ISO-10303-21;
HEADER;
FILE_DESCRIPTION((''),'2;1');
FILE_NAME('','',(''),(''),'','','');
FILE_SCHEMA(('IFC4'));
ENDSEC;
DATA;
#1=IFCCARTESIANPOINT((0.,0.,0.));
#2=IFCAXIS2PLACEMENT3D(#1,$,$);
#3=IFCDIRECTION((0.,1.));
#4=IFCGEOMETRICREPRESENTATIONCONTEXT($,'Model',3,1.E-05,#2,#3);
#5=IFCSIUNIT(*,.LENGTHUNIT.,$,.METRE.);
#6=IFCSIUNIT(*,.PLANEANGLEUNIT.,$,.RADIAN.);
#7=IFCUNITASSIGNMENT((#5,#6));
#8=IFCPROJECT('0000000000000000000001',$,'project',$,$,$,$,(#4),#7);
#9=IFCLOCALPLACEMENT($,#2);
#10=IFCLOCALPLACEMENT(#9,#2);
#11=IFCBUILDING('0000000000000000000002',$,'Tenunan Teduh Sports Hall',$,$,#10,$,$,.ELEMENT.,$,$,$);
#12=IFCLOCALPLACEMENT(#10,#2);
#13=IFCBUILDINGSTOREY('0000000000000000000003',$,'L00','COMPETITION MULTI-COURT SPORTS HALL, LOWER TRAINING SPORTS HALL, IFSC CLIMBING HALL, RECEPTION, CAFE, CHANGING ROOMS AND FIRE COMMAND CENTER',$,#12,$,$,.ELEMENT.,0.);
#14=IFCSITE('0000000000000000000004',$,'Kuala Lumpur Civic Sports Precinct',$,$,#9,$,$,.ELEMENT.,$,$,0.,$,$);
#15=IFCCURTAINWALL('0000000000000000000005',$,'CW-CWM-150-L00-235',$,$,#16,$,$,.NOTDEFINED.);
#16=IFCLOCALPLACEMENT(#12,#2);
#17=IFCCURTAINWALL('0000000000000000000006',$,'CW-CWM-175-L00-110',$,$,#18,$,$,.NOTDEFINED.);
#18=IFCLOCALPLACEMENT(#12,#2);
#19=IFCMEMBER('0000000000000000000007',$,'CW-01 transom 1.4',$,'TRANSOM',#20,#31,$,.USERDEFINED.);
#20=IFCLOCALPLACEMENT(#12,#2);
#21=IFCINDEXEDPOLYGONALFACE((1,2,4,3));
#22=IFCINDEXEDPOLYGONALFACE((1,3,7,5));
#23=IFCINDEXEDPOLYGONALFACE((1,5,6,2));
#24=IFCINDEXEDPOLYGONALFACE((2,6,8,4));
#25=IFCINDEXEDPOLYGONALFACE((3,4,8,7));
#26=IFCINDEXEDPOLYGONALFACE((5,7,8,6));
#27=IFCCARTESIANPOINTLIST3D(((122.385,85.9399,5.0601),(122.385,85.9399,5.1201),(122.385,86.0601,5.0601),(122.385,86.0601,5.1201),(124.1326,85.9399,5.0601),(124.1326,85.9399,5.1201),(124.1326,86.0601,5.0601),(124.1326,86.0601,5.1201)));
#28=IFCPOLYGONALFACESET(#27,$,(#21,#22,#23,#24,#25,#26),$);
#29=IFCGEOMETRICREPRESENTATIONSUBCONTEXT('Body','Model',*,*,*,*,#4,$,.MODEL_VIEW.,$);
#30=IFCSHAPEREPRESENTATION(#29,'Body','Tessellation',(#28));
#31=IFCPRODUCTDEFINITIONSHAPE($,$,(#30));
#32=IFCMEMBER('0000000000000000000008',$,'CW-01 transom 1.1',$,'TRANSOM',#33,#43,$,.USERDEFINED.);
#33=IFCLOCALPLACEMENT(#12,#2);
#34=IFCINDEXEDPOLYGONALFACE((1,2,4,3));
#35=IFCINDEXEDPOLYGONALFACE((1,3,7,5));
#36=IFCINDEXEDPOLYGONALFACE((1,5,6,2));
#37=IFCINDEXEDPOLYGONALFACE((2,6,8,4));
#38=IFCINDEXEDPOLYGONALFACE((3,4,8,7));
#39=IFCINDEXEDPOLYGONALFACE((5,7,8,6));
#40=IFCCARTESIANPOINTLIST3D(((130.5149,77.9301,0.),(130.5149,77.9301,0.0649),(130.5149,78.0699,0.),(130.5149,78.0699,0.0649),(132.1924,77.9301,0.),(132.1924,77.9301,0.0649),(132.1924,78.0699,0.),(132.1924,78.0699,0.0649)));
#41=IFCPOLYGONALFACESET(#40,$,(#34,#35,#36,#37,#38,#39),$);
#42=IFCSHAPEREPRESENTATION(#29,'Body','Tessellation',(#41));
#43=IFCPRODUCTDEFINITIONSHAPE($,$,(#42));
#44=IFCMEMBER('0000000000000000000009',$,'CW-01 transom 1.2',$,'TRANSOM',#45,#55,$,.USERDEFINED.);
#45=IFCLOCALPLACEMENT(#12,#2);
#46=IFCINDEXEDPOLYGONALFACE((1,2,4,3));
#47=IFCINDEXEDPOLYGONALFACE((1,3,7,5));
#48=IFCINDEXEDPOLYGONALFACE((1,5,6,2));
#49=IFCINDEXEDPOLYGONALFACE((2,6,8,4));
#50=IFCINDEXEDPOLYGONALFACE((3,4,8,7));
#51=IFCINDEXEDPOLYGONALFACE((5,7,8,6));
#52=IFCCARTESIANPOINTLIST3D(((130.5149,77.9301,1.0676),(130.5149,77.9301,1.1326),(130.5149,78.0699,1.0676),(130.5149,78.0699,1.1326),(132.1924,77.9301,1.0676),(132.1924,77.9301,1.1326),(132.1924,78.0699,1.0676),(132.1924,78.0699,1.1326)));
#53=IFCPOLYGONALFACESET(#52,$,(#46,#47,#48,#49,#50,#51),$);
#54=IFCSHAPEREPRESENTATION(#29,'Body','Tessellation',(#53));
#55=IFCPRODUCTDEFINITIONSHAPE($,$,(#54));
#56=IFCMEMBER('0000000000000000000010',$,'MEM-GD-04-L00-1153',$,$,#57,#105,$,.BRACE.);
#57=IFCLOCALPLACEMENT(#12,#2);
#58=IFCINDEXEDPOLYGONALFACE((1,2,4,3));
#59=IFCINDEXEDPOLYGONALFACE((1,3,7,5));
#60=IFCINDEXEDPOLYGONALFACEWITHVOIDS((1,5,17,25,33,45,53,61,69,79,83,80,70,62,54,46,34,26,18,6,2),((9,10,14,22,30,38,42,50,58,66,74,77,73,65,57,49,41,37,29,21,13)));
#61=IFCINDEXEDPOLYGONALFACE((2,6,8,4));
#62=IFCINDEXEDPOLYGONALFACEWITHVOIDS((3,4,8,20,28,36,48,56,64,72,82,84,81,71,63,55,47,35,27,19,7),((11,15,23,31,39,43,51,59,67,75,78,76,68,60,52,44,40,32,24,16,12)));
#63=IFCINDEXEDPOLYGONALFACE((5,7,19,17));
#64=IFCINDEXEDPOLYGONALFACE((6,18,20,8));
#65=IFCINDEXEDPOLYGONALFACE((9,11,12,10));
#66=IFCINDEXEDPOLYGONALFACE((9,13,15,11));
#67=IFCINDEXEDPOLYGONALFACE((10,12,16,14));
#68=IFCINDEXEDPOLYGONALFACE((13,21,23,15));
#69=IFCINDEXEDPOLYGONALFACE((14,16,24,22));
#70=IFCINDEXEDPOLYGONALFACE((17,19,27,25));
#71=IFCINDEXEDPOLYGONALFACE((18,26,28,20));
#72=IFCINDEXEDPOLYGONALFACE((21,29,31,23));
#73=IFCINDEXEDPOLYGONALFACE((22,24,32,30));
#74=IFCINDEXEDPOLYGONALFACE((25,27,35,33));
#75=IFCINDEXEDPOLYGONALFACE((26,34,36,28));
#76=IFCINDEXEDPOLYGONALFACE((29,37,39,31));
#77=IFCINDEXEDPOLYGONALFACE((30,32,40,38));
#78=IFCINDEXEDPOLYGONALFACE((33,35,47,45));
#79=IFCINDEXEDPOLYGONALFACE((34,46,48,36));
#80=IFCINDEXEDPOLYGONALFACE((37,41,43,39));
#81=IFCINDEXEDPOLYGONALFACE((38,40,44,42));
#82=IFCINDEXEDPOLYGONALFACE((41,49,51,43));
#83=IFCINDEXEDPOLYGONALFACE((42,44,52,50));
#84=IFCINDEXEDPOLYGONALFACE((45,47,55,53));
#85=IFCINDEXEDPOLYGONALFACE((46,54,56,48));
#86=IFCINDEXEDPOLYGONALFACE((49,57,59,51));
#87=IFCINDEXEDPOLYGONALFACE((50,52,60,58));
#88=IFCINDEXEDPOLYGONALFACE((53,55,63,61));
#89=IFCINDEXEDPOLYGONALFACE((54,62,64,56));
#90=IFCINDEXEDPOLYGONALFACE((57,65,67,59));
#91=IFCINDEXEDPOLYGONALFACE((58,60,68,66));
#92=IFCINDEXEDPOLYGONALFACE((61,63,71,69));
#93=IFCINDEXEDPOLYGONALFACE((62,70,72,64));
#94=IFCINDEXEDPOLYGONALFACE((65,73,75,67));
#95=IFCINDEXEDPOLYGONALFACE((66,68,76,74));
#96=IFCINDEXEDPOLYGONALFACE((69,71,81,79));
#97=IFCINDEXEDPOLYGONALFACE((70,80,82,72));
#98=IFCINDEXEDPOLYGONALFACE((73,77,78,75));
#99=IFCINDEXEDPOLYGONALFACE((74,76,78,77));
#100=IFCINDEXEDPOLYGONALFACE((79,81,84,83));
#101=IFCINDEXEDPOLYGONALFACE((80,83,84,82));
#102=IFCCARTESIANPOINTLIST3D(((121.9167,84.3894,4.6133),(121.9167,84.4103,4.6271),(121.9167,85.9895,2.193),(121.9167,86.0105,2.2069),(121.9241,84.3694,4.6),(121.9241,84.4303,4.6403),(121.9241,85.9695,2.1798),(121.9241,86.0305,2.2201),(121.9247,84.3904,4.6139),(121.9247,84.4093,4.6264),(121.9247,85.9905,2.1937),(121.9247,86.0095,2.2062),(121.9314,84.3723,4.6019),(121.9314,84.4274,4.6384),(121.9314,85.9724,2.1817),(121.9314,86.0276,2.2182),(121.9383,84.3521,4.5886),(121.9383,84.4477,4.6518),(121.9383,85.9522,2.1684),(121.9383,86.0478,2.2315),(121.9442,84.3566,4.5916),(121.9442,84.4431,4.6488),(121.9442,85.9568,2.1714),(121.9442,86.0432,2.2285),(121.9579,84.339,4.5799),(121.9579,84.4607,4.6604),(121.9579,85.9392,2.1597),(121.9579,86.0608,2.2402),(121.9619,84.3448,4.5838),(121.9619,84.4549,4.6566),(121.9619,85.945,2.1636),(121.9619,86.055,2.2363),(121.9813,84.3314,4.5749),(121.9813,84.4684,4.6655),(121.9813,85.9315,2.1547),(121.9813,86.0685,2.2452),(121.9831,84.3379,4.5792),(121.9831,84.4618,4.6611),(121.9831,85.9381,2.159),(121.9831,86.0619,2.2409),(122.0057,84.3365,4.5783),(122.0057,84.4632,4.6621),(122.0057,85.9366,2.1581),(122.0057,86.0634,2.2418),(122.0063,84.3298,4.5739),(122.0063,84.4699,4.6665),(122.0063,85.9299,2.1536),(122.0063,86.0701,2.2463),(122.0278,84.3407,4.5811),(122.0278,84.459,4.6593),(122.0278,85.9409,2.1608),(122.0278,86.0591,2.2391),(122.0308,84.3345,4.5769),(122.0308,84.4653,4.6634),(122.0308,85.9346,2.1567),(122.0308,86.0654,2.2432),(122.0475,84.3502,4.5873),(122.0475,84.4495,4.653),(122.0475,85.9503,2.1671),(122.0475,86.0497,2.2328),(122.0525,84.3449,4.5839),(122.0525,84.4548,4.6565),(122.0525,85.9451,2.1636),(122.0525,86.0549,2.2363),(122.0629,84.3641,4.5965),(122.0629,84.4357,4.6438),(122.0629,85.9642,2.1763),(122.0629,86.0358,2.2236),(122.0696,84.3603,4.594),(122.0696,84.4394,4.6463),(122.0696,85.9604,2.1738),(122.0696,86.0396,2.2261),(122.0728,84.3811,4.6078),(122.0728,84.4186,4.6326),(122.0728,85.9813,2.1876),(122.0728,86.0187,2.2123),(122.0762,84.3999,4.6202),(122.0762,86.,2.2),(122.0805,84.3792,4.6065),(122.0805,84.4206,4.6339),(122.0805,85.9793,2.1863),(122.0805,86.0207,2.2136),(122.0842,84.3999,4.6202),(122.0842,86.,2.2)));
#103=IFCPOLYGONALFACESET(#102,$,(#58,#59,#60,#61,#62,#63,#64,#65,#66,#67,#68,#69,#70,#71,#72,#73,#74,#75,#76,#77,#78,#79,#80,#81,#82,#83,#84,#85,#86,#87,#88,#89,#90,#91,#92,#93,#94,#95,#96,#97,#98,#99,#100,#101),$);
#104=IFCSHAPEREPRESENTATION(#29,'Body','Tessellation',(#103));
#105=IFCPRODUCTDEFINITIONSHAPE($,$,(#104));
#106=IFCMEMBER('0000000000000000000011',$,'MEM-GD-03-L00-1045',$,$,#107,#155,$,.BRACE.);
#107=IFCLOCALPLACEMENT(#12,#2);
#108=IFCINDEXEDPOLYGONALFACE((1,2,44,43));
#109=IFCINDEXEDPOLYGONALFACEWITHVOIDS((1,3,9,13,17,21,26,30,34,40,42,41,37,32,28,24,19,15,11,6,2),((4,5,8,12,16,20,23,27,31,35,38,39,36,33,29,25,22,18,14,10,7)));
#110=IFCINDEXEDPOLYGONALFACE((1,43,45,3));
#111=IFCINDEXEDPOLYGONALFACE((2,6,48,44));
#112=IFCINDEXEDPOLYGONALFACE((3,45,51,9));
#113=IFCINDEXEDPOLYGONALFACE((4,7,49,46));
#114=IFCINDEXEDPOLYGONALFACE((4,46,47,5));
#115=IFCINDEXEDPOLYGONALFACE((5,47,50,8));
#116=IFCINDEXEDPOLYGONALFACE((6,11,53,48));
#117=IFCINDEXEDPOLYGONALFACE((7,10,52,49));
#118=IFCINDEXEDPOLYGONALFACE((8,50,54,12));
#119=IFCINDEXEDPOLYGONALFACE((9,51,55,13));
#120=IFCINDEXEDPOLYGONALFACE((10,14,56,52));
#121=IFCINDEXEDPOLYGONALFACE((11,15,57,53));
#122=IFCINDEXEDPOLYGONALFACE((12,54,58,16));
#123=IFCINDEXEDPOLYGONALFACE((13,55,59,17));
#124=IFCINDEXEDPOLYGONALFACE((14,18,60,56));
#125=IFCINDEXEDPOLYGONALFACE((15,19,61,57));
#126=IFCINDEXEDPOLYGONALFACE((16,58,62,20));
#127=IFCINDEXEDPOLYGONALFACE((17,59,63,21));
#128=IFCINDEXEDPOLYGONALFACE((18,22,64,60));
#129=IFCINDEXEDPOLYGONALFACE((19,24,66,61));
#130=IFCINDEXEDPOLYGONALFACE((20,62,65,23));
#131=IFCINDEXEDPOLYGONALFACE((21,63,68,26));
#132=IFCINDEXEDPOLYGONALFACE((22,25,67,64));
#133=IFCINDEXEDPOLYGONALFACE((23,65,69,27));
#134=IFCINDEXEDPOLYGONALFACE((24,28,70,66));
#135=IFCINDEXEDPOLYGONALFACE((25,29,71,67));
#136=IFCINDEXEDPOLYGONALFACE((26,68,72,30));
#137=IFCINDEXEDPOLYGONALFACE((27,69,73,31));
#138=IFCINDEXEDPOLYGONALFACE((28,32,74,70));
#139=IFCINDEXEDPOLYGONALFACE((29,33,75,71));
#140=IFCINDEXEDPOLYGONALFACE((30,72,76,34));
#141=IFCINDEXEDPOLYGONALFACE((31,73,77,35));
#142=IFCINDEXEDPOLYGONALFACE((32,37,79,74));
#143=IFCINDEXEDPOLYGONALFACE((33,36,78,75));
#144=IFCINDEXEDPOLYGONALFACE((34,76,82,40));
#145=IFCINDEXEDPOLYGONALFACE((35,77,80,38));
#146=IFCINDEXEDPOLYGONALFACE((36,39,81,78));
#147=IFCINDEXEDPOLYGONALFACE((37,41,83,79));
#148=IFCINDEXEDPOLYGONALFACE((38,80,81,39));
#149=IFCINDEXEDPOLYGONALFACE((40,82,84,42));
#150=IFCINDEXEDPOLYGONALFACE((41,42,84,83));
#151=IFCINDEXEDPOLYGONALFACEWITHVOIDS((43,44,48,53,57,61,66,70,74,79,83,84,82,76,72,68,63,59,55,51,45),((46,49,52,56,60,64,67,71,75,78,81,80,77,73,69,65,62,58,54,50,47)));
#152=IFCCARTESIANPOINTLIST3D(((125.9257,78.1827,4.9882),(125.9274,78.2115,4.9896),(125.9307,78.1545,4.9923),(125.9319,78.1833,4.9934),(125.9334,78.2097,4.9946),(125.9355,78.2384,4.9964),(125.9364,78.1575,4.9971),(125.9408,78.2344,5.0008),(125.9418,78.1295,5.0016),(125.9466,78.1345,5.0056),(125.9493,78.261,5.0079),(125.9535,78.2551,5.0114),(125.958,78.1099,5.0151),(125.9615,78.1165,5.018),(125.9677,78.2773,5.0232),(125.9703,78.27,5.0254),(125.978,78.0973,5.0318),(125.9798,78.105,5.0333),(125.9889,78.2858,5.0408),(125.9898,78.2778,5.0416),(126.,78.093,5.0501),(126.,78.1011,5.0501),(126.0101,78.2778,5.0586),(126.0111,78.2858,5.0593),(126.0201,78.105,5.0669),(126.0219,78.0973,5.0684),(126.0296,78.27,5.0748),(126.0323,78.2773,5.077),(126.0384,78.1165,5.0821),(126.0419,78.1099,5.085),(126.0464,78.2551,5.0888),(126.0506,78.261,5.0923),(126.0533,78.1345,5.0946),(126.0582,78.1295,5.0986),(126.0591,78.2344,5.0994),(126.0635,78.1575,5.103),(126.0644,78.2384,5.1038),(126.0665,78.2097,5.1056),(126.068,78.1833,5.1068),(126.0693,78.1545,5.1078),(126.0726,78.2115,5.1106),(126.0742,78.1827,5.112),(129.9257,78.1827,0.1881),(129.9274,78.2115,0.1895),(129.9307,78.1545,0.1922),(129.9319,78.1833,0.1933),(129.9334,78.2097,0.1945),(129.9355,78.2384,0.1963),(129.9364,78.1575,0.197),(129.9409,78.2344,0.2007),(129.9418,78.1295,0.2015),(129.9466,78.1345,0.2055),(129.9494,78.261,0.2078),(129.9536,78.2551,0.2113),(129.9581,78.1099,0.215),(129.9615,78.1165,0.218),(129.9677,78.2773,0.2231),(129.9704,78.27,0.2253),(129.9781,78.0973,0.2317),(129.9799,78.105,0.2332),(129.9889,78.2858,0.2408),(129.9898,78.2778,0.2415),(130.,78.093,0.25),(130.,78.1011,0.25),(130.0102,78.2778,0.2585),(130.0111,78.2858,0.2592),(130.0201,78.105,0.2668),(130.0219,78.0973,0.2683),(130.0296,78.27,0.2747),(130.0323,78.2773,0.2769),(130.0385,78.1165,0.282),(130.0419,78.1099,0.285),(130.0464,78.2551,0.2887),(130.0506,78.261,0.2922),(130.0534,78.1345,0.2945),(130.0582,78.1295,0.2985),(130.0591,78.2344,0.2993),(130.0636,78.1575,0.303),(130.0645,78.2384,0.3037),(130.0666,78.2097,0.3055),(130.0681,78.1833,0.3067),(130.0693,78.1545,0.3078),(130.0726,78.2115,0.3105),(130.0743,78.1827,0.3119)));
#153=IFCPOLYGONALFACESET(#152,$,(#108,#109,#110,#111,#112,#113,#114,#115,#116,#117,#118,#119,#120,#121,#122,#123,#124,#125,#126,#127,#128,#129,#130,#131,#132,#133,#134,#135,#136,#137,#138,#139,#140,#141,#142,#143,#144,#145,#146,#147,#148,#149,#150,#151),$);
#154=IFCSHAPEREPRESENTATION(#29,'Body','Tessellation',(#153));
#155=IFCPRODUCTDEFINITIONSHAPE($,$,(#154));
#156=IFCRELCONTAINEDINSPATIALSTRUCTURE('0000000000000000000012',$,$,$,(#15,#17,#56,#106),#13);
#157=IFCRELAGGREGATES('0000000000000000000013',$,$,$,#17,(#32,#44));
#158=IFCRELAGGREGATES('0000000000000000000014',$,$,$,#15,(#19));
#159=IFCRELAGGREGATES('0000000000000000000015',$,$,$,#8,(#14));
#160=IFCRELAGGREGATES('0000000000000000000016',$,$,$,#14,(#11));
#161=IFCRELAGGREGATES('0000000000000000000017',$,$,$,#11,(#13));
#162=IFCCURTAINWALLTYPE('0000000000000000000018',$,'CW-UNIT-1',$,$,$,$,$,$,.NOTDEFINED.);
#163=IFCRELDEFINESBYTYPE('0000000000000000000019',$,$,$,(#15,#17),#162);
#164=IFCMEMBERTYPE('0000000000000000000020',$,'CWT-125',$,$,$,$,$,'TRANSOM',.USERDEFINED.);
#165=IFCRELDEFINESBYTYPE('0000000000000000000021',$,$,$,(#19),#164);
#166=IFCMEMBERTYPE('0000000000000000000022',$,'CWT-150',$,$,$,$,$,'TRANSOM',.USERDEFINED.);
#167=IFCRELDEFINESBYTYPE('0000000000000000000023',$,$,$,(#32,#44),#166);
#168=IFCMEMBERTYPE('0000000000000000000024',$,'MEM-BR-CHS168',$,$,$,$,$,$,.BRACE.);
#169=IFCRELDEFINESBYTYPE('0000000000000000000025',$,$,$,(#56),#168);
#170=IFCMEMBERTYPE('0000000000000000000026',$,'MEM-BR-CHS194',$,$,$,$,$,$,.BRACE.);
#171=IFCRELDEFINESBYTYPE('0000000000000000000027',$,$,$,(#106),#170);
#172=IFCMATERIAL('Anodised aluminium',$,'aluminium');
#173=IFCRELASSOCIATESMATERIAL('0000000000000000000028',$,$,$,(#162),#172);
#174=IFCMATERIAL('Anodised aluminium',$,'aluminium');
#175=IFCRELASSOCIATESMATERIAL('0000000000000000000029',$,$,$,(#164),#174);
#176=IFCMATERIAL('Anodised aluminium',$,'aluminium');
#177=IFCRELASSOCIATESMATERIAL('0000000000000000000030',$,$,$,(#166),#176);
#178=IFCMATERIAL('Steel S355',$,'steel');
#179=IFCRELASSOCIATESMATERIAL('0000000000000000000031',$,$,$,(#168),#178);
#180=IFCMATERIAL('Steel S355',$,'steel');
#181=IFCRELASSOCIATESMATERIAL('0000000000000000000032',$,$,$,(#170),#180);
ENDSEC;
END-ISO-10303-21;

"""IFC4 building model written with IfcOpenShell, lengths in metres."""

from ifc_helpers import new_model, si_unit, direction, frame, origin, origin_2d, place, context, subcontext, project, spatial, rectangle, hollow_circle, extrude, material, material_profile, profile_set, type_object, element, aggregate, save


model = new_model("IFC4")

# Units and contexts
model_context = context("Model", 3, precision=1e-05, world=origin(), true_north=direction((0.0, 1.0)))
body_context = subcontext(model_context, "Body", "Model", "MODEL_VIEW")
ifc_project = project(units=[si_unit("LENGTHUNIT", "METRE"), si_unit("PLANEANGLEUNIT", "RADIAN")], contexts=[model_context])

# Site, building, storey
site_placement = place(None, origin())
site = spatial("IfcSite", under=ifc_project, at=site_placement, Name="Kuala Lumpur Civic Sports Precinct", CompositionType="ELEMENT", RefElevation=0.0)
building_placement = place(site_placement, origin())
building = spatial("IfcBuilding", under=site, at=building_placement, Name="Tenunan Teduh Sports Hall", CompositionType="ELEMENT")
storey_placement = place(building_placement, origin())
storey = spatial("IfcBuildingStorey", under=building, at=storey_placement, Name="L00", Description="COMPETITION MULTI-COURT SPORTS HALL, LOWER TRAINING SPORTS HALL, IFSC CLIMBING HALL, RECEPTION, CAFE, CHANGING ROOMS AND FIRE COMMAND CENTER", CompositionType="ELEMENT", Elevation=0.0)

# Curtain walls
ifc_material_1 = material(Name="Anodised aluminium", Category="aluminium")
curtain_wall_type = type_object("IfcCurtainWallType", Name="CW-UNIT-1", PredefinedType="NOTDEFINED", material=ifc_material_1)
curtain_wall_1_placement = place(storey_placement, origin())
curtain_wall_1 = element("IfcCurtainWall", 1, at=curtain_wall_1_placement, inside=storey, type_object=curtain_wall_type, Name="CW-CWM-150-L00-235", PredefinedType="NOTDEFINED")
curtain_wall_2_placement = place(storey_placement, origin())
curtain_wall_2 = element("IfcCurtainWall", 2, at=curtain_wall_2_placement, inside=storey, type_object=curtain_wall_type, Name="CW-CWM-175-L00-110", PredefinedType="NOTDEFINED")

# Members
ifc_material_2 = material(Name="Anodised aluminium", Category="aluminium")
ifc_material_profile_1 = material_profile(ifc_material_2, rectangle(XDim=0.0601, YDim=0.1201, at=origin_2d()), Name="CWT 60x120")
ifc_profile_set_1 = profile_set([ifc_material_profile_1], Name="Anodised aluminium")
member_type_1 = type_object("IfcMemberType", Name="CWT-125", ElementType="TRANSOM", PredefinedType="USERDEFINED", material=ifc_profile_set_1)
member_1_placement = place(storey_placement, frame((122.385, 86.0, 5.0901), z_axis=(1.0, 0.0, 0.0), x_axis=(0.0, 0.0, 1.0)))
member_1 = element("IfcMember", 3, at=member_1_placement, type_object=member_type_1, Name="CW-01 transom 1.4", ObjectType="TRANSOM", PredefinedType="USERDEFINED", context=body_context, shape_type="SweptSolid", body=[
    extrude(rectangle(XDim=0.0601, YDim=0.1201, at=origin_2d()), origin(), (0.0, 0.0, 1.0), 1.7476),
])
ifc_material_3 = material(Name="Anodised aluminium", Category="aluminium")
ifc_material_profile_2 = material_profile(ifc_material_3, rectangle(XDim=0.0649, YDim=0.1399, at=origin_2d()), Name="CWT 65x140")
ifc_profile_set_2 = profile_set([ifc_material_profile_2], Name="Anodised aluminium")
member_type_2 = type_object("IfcMemberType", Name="CWT-150", ElementType="TRANSOM", PredefinedType="USERDEFINED", material=ifc_profile_set_2)
member_2_placement = place(storey_placement, frame((130.5149, 78.0, 0.0325), z_axis=(1.0, 0.0, 0.0), x_axis=(0.0, 0.0, 1.0)))
member_2 = element("IfcMember", 4, at=member_2_placement, type_object=member_type_2, Name="CW-01 transom 1.1", ObjectType="TRANSOM", PredefinedType="USERDEFINED", context=body_context, shape_type="SweptSolid", body=[
    extrude(rectangle(XDim=0.0649, YDim=0.1399, at=origin_2d()), origin(), (0.0, 0.0, 1.0), 1.6775),
])
member_3_placement = place(storey_placement, frame((130.5149, 78.0, 1.1001), z_axis=(1.0, 0.0, 0.0), x_axis=(0.0, 0.0, 1.0)))
member_3 = element("IfcMember", 5, at=member_3_placement, type_object=member_type_2, Name="CW-01 transom 1.2", ObjectType="TRANSOM", PredefinedType="USERDEFINED", context=body_context, shape_type="SweptSolid", body=[
    extrude(rectangle(XDim=0.0649, YDim=0.1399, at=origin_2d()), origin(), (0.0, 0.0, 1.0), 1.6775),
])
aggregate(curtain_wall_2, [member_2, member_3])

# Members
ifc_material_4 = material(Name="Steel S355", Category="steel")
ifc_material_profile_3 = material_profile(ifc_material_4, hollow_circle(Radius=0.0842, WallThickness=0.0081, at=origin_2d()), Name="CHS 168.3x8.0")
ifc_profile_set_3 = profile_set([ifc_material_profile_3], Name="Steel S355")
member_type_3 = type_object("IfcMemberType", Name="MEM-BR-CHS168", PredefinedType="BRACE", material=ifc_profile_set_3)
member_4_placement = place(storey_placement, frame((122.0, 86.0, 2.2), z_axis=(0.0, -0.551511, 0.834167), x_axis=(1.0, 0.0, 0.0)))
element("IfcMember", 6, at=member_4_placement, inside=storey, type_object=member_type_3, Name="MEM-GD-04-L00-1153", PredefinedType="BRACE", context=body_context, shape_type="SweptSolid", body=[
    extrude(hollow_circle(Radius=0.0842, WallThickness=0.0081, at=origin_2d()), origin(), (0.0, 0.0, 1.0), 2.9014),
])
ifc_material_5 = material(Name="Steel S355", Category="steel")
ifc_material_profile_4 = material_profile(ifc_material_5, hollow_circle(Radius=0.0969, WallThickness=0.0081, at=origin_2d()), Name="CHS 193.7x8.0")
ifc_profile_set_4 = profile_set([ifc_material_profile_4], Name="Steel S355")
member_type_4 = type_object("IfcMemberType", Name="MEM-BR-CHS194", PredefinedType="BRACE", material=ifc_profile_set_4)
member_5_placement = place(storey_placement, frame((130.0, 78.1899, 0.25), z_axis=(-0.640181, 0.0, 0.768224), x_axis=(0.0, -1.0, 0.0)))
element("IfcMember", 7, at=member_5_placement, inside=storey, type_object=member_type_4, Name="MEM-GD-03-L00-1045", PredefinedType="BRACE", context=body_context, shape_type="SweptSolid", body=[
    extrude(hollow_circle(Radius=0.0969, WallThickness=0.0081, at=origin_2d()), origin(), (0.0, 0.0, 1.0), 6.2483),
])

aggregate(curtain_wall_1, [member_1])

save(model, "model.ifc")
